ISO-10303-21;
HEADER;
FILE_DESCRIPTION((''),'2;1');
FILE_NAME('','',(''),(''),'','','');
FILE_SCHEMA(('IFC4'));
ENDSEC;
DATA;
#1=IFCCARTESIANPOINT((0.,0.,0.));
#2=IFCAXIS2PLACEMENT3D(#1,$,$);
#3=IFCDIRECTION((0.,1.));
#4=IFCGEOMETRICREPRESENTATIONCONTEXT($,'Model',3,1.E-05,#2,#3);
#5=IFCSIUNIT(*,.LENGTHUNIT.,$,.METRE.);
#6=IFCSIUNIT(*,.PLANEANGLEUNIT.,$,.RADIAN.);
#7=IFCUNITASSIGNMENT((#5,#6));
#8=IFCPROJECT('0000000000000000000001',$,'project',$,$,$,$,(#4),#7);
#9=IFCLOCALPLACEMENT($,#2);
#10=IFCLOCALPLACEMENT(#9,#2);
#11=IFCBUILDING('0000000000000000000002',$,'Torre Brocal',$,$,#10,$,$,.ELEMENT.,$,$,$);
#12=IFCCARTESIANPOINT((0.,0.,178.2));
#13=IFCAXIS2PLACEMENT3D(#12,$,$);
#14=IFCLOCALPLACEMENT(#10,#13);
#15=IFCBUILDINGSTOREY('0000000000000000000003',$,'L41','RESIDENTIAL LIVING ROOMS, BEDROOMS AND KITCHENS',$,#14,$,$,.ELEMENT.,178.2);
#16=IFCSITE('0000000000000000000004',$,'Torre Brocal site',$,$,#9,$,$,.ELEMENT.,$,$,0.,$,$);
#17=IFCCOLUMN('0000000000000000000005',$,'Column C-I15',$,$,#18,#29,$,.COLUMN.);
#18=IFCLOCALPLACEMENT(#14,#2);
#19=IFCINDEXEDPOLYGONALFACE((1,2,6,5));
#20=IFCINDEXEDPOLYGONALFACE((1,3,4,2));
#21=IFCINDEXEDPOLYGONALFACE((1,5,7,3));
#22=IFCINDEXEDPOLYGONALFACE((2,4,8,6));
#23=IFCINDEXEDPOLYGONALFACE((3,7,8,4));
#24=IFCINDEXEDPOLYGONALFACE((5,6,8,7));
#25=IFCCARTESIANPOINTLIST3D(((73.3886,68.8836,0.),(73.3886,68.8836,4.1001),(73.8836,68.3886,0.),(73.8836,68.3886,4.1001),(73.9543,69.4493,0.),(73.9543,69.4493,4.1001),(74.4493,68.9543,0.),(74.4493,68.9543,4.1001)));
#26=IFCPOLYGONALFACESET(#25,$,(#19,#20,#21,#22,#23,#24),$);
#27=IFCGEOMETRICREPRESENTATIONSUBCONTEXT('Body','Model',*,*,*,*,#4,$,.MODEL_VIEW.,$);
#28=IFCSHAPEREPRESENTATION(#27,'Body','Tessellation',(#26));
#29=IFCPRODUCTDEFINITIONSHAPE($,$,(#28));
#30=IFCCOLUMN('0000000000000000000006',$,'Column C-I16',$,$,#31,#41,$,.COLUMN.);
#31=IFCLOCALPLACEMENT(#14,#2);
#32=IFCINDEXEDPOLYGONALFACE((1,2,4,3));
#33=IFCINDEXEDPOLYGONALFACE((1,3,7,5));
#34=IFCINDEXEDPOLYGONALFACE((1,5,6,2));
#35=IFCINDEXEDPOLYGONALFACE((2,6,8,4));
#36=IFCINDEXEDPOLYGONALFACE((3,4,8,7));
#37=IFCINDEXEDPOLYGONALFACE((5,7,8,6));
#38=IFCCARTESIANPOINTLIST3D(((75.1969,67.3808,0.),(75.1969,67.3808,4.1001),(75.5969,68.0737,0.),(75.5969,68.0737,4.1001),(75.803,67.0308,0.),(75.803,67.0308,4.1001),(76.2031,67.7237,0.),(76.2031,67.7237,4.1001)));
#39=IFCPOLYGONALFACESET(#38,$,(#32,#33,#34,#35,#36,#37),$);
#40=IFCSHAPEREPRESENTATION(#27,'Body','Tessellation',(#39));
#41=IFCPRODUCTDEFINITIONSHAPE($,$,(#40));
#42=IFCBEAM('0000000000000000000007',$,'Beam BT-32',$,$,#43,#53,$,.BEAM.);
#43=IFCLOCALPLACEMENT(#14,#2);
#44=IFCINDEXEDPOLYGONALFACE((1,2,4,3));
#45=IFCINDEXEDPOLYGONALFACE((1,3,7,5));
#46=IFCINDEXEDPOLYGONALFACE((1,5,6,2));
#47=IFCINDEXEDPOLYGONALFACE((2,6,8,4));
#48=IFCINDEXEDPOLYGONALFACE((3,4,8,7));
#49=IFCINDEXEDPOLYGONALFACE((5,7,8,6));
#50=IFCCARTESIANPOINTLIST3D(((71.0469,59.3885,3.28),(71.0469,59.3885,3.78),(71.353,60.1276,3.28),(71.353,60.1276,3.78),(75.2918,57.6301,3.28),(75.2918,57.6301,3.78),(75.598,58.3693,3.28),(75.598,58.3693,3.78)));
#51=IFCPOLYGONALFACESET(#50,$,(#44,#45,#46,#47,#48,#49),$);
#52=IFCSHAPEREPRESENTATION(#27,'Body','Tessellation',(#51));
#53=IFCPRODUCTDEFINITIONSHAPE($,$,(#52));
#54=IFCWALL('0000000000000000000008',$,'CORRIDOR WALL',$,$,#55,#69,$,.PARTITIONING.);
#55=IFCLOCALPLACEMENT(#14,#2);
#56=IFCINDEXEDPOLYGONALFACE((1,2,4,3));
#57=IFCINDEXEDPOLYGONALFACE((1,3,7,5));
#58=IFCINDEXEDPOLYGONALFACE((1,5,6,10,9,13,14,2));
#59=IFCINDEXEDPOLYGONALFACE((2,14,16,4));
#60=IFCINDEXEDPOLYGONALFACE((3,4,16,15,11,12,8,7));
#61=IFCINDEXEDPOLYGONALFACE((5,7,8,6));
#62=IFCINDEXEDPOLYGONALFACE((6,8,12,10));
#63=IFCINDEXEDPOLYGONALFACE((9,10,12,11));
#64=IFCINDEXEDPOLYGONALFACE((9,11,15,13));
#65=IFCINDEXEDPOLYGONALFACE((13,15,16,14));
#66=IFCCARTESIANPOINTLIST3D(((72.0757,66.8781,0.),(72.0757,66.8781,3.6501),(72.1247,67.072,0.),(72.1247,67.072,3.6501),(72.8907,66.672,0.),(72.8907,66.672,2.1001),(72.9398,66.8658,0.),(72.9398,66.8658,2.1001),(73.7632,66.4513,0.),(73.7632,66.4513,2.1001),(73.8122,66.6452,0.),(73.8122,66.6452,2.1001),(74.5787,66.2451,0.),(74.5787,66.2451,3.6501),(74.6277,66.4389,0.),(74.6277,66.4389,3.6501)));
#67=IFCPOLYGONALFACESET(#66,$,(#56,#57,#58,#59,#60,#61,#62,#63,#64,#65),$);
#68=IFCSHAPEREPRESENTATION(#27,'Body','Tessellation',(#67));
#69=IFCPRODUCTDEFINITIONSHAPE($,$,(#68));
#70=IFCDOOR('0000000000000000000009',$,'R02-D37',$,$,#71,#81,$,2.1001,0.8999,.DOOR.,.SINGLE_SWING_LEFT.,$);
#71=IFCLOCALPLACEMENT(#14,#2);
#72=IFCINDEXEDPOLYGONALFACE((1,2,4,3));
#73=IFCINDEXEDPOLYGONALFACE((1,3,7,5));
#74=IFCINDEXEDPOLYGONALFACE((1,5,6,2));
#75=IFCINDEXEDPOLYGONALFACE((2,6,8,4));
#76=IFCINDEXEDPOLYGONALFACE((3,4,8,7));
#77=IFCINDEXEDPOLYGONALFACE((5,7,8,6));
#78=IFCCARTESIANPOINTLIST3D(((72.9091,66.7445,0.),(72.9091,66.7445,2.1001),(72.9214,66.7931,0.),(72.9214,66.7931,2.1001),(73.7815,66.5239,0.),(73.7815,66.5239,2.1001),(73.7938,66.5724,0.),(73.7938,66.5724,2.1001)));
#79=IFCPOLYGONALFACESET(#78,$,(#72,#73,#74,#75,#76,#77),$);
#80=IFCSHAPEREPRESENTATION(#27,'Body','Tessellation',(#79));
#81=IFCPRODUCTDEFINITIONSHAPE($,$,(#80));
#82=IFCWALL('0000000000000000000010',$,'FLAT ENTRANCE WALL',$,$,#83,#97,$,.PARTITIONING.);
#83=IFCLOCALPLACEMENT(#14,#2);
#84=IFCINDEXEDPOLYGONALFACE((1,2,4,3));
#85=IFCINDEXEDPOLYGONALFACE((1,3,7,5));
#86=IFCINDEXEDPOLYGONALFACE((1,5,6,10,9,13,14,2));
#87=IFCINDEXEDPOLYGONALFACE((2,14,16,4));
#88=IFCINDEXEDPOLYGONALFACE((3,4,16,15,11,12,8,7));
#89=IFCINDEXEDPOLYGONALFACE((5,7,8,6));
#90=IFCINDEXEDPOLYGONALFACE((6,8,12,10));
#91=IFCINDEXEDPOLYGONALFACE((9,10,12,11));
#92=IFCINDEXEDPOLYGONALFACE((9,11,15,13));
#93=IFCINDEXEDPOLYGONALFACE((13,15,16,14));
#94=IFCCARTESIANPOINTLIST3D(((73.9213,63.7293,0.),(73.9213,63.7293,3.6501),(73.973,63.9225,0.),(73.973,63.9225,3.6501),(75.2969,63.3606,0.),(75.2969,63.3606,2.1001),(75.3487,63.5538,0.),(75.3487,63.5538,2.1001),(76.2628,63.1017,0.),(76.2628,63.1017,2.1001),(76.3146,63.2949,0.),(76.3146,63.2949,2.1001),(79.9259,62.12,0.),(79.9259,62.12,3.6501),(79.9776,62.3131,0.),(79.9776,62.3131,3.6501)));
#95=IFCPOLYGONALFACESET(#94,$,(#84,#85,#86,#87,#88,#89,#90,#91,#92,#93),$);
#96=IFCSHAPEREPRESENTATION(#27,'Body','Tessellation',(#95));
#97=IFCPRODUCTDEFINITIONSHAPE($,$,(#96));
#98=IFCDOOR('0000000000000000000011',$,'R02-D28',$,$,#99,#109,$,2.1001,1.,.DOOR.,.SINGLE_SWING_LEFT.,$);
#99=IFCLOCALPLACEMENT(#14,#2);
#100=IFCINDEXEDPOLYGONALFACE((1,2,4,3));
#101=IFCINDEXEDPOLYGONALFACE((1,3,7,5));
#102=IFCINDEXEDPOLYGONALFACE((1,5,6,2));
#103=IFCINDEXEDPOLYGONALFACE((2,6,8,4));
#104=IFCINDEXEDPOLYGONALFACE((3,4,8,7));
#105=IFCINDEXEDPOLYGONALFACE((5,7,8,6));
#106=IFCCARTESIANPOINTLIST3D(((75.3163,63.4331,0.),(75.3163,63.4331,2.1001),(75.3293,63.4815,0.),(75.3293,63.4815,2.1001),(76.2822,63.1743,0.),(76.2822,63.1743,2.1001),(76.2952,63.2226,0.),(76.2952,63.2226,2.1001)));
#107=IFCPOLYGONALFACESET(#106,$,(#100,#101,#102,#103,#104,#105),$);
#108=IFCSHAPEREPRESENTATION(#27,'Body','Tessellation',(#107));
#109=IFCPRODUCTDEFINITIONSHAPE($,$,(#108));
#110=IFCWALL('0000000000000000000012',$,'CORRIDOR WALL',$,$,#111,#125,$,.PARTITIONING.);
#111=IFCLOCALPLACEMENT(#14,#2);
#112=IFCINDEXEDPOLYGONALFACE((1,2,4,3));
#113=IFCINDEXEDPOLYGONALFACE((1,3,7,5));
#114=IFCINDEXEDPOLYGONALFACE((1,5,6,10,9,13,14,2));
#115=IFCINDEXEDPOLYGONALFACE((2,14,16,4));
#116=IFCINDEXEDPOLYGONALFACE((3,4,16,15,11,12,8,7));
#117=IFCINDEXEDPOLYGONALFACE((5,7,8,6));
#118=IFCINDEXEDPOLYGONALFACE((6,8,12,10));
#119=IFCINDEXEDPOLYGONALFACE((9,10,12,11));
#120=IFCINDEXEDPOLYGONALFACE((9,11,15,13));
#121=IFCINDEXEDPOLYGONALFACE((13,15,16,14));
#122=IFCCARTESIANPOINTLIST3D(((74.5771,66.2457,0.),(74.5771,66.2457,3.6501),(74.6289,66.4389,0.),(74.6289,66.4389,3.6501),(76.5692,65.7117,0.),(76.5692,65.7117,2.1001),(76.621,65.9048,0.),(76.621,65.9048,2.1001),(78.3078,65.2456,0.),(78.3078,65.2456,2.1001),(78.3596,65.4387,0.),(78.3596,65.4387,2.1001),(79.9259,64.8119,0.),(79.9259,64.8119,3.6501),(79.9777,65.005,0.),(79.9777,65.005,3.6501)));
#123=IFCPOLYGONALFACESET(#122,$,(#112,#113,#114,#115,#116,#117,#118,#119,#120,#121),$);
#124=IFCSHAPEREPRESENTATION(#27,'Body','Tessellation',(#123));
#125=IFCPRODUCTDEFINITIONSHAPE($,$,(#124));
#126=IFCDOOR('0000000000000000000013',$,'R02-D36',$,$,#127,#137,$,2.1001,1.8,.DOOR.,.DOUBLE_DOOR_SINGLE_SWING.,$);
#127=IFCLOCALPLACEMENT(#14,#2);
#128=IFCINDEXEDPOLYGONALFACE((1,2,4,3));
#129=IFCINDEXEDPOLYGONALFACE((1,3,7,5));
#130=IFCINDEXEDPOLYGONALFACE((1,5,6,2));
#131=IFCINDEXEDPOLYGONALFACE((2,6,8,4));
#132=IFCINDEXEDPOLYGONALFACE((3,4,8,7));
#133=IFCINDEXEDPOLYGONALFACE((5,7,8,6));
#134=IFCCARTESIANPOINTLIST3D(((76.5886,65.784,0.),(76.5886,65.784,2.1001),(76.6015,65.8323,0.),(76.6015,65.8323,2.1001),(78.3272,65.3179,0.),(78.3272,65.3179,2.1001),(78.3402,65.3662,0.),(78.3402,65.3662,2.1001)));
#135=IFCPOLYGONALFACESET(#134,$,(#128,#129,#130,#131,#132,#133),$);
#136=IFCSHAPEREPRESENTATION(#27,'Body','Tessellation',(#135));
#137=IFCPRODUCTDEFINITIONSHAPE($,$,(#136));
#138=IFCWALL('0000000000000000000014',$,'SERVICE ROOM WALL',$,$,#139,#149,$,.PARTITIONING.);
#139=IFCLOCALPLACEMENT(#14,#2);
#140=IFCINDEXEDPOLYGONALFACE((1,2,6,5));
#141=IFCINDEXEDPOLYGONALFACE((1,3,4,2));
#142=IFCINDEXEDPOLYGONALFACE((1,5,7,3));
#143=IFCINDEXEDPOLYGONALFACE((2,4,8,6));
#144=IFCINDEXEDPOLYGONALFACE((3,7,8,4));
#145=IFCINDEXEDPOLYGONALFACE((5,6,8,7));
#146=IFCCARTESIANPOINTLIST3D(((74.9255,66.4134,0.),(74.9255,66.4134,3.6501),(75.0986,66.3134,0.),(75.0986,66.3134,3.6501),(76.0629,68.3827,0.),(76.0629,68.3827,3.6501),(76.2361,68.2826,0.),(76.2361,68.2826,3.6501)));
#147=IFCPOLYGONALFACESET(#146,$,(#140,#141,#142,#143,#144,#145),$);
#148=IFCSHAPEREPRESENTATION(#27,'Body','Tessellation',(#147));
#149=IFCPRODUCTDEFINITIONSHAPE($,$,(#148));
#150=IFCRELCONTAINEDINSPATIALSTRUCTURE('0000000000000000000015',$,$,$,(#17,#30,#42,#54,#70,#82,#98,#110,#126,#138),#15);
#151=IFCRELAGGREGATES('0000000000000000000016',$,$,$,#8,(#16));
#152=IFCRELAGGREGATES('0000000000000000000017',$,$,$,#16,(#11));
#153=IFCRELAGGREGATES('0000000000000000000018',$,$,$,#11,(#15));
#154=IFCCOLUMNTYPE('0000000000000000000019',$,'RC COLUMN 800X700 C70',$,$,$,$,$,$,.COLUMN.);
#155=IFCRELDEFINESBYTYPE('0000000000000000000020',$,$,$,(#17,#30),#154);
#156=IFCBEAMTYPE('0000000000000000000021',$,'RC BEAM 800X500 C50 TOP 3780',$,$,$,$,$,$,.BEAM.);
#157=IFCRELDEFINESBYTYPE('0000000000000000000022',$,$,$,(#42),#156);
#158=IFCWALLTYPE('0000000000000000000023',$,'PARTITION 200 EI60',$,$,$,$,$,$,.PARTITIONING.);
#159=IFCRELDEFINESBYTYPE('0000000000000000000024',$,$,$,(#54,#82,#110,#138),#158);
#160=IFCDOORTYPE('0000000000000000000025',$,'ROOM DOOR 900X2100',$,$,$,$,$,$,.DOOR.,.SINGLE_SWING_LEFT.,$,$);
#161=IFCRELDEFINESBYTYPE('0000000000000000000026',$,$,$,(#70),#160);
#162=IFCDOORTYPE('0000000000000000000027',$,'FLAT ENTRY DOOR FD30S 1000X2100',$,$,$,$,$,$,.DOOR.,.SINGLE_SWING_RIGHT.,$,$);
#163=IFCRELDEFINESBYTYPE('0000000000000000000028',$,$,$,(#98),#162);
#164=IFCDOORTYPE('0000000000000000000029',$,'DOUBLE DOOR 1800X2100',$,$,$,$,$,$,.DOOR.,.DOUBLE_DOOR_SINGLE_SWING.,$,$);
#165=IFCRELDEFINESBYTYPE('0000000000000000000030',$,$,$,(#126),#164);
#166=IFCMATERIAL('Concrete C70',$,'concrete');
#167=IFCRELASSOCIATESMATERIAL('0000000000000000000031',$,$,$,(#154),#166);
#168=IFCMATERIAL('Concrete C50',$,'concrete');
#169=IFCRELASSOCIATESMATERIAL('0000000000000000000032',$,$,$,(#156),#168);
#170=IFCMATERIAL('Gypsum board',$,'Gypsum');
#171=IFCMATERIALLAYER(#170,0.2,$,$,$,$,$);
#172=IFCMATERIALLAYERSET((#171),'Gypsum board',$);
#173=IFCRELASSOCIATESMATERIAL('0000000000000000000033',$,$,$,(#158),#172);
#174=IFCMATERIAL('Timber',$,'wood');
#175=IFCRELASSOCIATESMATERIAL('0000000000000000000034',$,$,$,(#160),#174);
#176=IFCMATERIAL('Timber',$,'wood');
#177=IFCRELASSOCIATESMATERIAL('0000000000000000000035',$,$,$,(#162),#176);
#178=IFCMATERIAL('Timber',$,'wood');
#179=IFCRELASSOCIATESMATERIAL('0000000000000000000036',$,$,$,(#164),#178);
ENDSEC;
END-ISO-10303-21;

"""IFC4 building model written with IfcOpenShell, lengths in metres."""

from ifc_helpers import new_model, si_unit, direction, frame, frame_2d, origin, origin_2d, place, context, subcontext, project, spatial, rectangle, extrude, material, layer, layer_set, material_profile, profile_set, type_object, element, fill, save


model = new_model("IFC4")

# Units and contexts
model_context = context("Model", 3, precision=1e-05, world=origin(), true_north=direction((0.0, 1.0)))
body_context = subcontext(model_context, "Body", "Model", "MODEL_VIEW")
ifc_project = project(units=[si_unit("LENGTHUNIT", "METRE"), si_unit("PLANEANGLEUNIT", "RADIAN")], contexts=[model_context])

# Site, building, storey
site_placement = place(None, origin())
site = spatial("IfcSite", under=ifc_project, at=site_placement, Name="Torre Brocal site", CompositionType="ELEMENT", RefElevation=0.0)
building_placement = place(site_placement, origin())
building = spatial("IfcBuilding", under=site, at=building_placement, Name="Torre Brocal", CompositionType="ELEMENT")
storey_placement = place(building_placement, frame((0.0, 0.0, 178.2)))
storey = spatial("IfcBuildingStorey", under=building, at=storey_placement, Name="L41", Description="RESIDENTIAL LIVING ROOMS, BEDROOMS AND KITCHENS", CompositionType="ELEMENT", Elevation=178.2)

# Columns
ifc_material_1 = material(Name="Concrete C70", Category="concrete")
ifc_material_profile_1 = material_profile(ifc_material_1, rectangle(XDim=0.8, YDim=0.7, at=origin_2d()), Name="RC 800X700")
ifc_profile_set_1 = profile_set([ifc_material_profile_1], Name="Concrete C70")
column_type = type_object("IfcColumnType", Name="RC COLUMN 800X700 C70", PredefinedType="COLUMN", material=ifc_profile_set_1)
for number, where, z_axis, x_axis, name in (
    (1, (73.9189, 68.9189, 0.0), (0.0, 0.0, 1.0), (-0.707107, -0.707107, 0.0), "Column C-I15"),
    (2, (75.7, 67.5522, 0.0), (0.0, 0.0, 1.0), (-0.5, -0.866025, 0.0), "Column C-I16"),
):
    element("IfcColumn", number, at=place(storey_placement, frame(where, z_axis=z_axis, x_axis=x_axis)), inside=storey, type_object=column_type, Name=name, PredefinedType="COLUMN", context=body_context, shape_type="SweptSolid", body=[
        extrude(rectangle(XDim=0.8, YDim=0.7, at=origin_2d()), origin(), (0.0, 0.0, 1.0), 4.1001),
    ])

# Beam
ifc_material_2 = material(Name="Concrete C50", Category="concrete")
ifc_material_profile_2 = material_profile(ifc_material_2, rectangle(XDim=0.8, YDim=0.5, at=origin_2d()), Name="RC 800X500")
ifc_profile_set_2 = profile_set([ifc_material_profile_2], Name="Concrete C50")
beam_type = type_object("IfcBeamType", Name="RC BEAM 800X500 C50 TOP 3780", PredefinedType="BEAM", material=ifc_profile_set_2)
beam_placement = place(storey_placement, frame((71.2, 59.7581, 3.53), z_axis=(0.923878, -0.382687, 0.0), x_axis=(0.382687, 0.923878, 0.0)))
element("IfcBeam", 3, at=beam_placement, inside=storey, type_object=beam_type, Name="Beam BT-32", PredefinedType="BEAM", context=body_context, shape_type="SweptSolid", body=[
    extrude(rectangle(XDim=0.8, YDim=0.5, at=origin_2d()), origin(), (0.0, 0.0, 1.0), 4.5947),
])

# Walls, openings, doors
ifc_material_3 = material(Name="Gypsum board", Category="Gypsum")
ifc_layer_1 = layer(ifc_material_3, 0.2)
ifc_layer_set_1 = layer_set([ifc_layer_1], Name="Gypsum board")
wall_type_1 = type_object("IfcWallType", Name="PARTITION 200 EI60", PredefinedType="PARTITIONING", material=ifc_layer_set_1)
wall_1_placement = place(storey_placement, frame((72.1001, 66.9751, 0.0), z_axis=(0.0, 0.0, 1.0), x_axis=(0.969471, -0.245205, 0.0)))
wall_1 = element("IfcWall", 4, at=wall_1_placement, inside=storey, type_object=wall_type_1, Name="CORRIDOR WALL", PredefinedType="PARTITIONING", context=body_context, shape_type="SweptSolid", body=[
    extrude(rectangle(XDim=2.5818, YDim=0.2, at=frame_2d((1.291, 0.0))), origin(), (0.0, 0.0, 1.0), 3.6501),
])
opening_1_placement = place(wall_1_placement, frame((0.8408, 0.0, 0.0)))
opening_1 = element("IfcOpeningElement", 5, at=opening_1_placement, cuts=wall_1, PredefinedType="OPENING", context=body_context, shape_type="SweptSolid", body=[
    extrude(rectangle(XDim=0.8999, YDim=2.1001, at=frame_2d((0.45, 1.05))), frame((0.0, 0.1099, 0.0), z_axis=(0.0, -1.0, 0.0), x_axis=(1.0, 0.0, 0.0)), (0.0, 0.0, 1.0), 0.22),
])
ifc_material_4 = material(Name="Timber", Category="wood")
door_type_1 = type_object("IfcDoorType", Name="ROOM DOOR 900X2100", OperationType="SINGLE_SWING_LEFT", PredefinedType="DOOR", material=ifc_material_4)
door_1_placement = place(opening_1_placement, origin())
door_1 = element("IfcDoor", 6, at=door_1_placement, inside=storey, type_object=door_type_1, Name="R02-D37", OperationType="SINGLE_SWING_LEFT", OverallHeight=2.1001, OverallWidth=0.8999, PredefinedType="DOOR", context=body_context, shape_type="SweptSolid", body=[
    extrude(rectangle(XDim=0.8999, YDim=2.1001, at=frame_2d((0.45, 1.05))), frame((0.0, 0.0249, 0.0), z_axis=(0.0, -1.0, 0.0), x_axis=(1.0, 0.0, 0.0)), (0.0, 0.0, 1.0), 0.05),
])
fill(opening_1, door_1)
wall_2_placement = place(storey_placement, frame((73.947, 63.8259, 0.0), z_axis=(0.0, 0.0, 1.0), x_axis=(0.965908, -0.258885, 0.0)))
wall_2 = element("IfcWall", 7, at=wall_2_placement, inside=storey, type_object=wall_type_1, Name="FLAT ENTRANCE WALL", PredefinedType="PARTITIONING", context=body_context, shape_type="SweptSolid", body=[
    extrude(rectangle(XDim=6.2166, YDim=0.2, at=frame_2d((3.1084, 0.0))), origin(), (0.0, 0.0, 1.0), 3.6501),
])
opening_2_placement = place(wall_2_placement, frame((1.4243, 0.0, 0.0)))
opening_2 = element("IfcOpeningElement", 8, at=opening_2_placement, cuts=wall_2, PredefinedType="OPENING", context=body_context, shape_type="SweptSolid", body=[
    extrude(rectangle(XDim=1.0, YDim=2.1001, at=frame_2d((0.5, 1.05))), frame((0.0, 0.1099, 0.0), z_axis=(0.0, -1.0, 0.0), x_axis=(1.0, 0.0, 0.0)), (0.0, 0.0, 1.0), 0.22),
])
ifc_material_5 = material(Name="Timber", Category="wood")
door_type_2 = type_object("IfcDoorType", Name="FLAT ENTRY DOOR FD30S 1000X2100", OperationType="SINGLE_SWING_RIGHT", PredefinedType="DOOR", material=ifc_material_5)
door_2_placement = place(opening_2_placement, frame((1.0, 0.0, 0.0), z_axis=(0.0, 0.0, 1.0), x_axis=(-1.0, 0.0, 0.0)))
door_2 = element("IfcDoor", 9, at=door_2_placement, inside=storey, type_object=door_type_2, Name="R02-D28", OperationType="SINGLE_SWING_LEFT", OverallHeight=2.1001, OverallWidth=1.0, PredefinedType="DOOR", context=body_context, shape_type="SweptSolid", body=[
    extrude(rectangle(XDim=1.0, YDim=2.1001, at=frame_2d((0.5, 1.05))), frame((0.0, 0.0249, 0.0), z_axis=(0.0, -1.0, 0.0), x_axis=(1.0, 0.0, 0.0)), (0.0, 0.0, 1.0), 0.05),
])
fill(opening_2, door_2)
wall_3_placement = place(storey_placement, frame((74.603, 66.3423, 0.0), z_axis=(0.0, 0.0, 1.0), x_axis=(0.965895, -0.258933, 0.0)))
wall_3 = element("IfcWall", 10, at=wall_3_placement, inside=storey, type_object=wall_type_1, Name="CORRIDOR WALL", PredefinedType="PARTITIONING", context=body_context, shape_type="SweptSolid", body=[
    extrude(rectangle(XDim=5.5376, YDim=0.2, at=frame_2d((2.7688, 0.0))), origin(), (0.0, 0.0, 1.0), 3.6501),
])
opening_3_placement = place(wall_3_placement, frame((2.0625, 0.0, 0.0)))
opening_3 = element("IfcOpeningElement", 11, at=opening_3_placement, cuts=wall_3, PredefinedType="OPENING", context=body_context, shape_type="SweptSolid", body=[
    extrude(rectangle(XDim=1.8, YDim=2.1001, at=frame_2d((0.8999, 1.05))), frame((0.0, 0.1099, 0.0), z_axis=(0.0, -1.0, 0.0), x_axis=(1.0, 0.0, 0.0)), (0.0, 0.0, 1.0), 0.22),
])
ifc_material_6 = material(Name="Timber", Category="wood")
door_type_3 = type_object("IfcDoorType", Name="DOUBLE DOOR 1800X2100", OperationType="DOUBLE_DOOR_SINGLE_SWING", PredefinedType="DOOR", material=ifc_material_6)
door_3_placement = place(opening_3_placement, origin())
door_3 = element("IfcDoor", 12, at=door_3_placement, inside=storey, type_object=door_type_3, Name="R02-D36", OperationType="DOUBLE_DOOR_SINGLE_SWING", OverallHeight=2.1001, OverallWidth=1.8, PredefinedType="DOOR", context=body_context, shape_type="SweptSolid", body=[
    extrude(rectangle(XDim=1.8, YDim=2.1001, at=frame_2d((0.8999, 1.05))), frame((0.0, 0.0249, 0.0), z_axis=(0.0, -1.0, 0.0), x_axis=(1.0, 0.0, 0.0)), (0.0, 0.0, 1.0), 0.05),
])
fill(opening_3, door_3)

# Wall
wall_4_placement = place(storey_placement, frame((75.012, 66.3633, 0.0), z_axis=(0.0, 0.0, 1.0), x_axis=(0.500168, 0.865928, 0.0)))
element("IfcWall", 13, at=wall_4_placement, inside=storey, type_object=wall_type_1, Name="SERVICE ROOM WALL", PredefinedType="PARTITIONING", context=body_context, shape_type="SweptSolid", body=[
    extrude(rectangle(XDim=2.2742, YDim=0.2, at=frame_2d((1.1372, 0.0))), origin(), (0.0, 0.0, 1.0), 3.6501),
])

save(model, "model.ifc")
